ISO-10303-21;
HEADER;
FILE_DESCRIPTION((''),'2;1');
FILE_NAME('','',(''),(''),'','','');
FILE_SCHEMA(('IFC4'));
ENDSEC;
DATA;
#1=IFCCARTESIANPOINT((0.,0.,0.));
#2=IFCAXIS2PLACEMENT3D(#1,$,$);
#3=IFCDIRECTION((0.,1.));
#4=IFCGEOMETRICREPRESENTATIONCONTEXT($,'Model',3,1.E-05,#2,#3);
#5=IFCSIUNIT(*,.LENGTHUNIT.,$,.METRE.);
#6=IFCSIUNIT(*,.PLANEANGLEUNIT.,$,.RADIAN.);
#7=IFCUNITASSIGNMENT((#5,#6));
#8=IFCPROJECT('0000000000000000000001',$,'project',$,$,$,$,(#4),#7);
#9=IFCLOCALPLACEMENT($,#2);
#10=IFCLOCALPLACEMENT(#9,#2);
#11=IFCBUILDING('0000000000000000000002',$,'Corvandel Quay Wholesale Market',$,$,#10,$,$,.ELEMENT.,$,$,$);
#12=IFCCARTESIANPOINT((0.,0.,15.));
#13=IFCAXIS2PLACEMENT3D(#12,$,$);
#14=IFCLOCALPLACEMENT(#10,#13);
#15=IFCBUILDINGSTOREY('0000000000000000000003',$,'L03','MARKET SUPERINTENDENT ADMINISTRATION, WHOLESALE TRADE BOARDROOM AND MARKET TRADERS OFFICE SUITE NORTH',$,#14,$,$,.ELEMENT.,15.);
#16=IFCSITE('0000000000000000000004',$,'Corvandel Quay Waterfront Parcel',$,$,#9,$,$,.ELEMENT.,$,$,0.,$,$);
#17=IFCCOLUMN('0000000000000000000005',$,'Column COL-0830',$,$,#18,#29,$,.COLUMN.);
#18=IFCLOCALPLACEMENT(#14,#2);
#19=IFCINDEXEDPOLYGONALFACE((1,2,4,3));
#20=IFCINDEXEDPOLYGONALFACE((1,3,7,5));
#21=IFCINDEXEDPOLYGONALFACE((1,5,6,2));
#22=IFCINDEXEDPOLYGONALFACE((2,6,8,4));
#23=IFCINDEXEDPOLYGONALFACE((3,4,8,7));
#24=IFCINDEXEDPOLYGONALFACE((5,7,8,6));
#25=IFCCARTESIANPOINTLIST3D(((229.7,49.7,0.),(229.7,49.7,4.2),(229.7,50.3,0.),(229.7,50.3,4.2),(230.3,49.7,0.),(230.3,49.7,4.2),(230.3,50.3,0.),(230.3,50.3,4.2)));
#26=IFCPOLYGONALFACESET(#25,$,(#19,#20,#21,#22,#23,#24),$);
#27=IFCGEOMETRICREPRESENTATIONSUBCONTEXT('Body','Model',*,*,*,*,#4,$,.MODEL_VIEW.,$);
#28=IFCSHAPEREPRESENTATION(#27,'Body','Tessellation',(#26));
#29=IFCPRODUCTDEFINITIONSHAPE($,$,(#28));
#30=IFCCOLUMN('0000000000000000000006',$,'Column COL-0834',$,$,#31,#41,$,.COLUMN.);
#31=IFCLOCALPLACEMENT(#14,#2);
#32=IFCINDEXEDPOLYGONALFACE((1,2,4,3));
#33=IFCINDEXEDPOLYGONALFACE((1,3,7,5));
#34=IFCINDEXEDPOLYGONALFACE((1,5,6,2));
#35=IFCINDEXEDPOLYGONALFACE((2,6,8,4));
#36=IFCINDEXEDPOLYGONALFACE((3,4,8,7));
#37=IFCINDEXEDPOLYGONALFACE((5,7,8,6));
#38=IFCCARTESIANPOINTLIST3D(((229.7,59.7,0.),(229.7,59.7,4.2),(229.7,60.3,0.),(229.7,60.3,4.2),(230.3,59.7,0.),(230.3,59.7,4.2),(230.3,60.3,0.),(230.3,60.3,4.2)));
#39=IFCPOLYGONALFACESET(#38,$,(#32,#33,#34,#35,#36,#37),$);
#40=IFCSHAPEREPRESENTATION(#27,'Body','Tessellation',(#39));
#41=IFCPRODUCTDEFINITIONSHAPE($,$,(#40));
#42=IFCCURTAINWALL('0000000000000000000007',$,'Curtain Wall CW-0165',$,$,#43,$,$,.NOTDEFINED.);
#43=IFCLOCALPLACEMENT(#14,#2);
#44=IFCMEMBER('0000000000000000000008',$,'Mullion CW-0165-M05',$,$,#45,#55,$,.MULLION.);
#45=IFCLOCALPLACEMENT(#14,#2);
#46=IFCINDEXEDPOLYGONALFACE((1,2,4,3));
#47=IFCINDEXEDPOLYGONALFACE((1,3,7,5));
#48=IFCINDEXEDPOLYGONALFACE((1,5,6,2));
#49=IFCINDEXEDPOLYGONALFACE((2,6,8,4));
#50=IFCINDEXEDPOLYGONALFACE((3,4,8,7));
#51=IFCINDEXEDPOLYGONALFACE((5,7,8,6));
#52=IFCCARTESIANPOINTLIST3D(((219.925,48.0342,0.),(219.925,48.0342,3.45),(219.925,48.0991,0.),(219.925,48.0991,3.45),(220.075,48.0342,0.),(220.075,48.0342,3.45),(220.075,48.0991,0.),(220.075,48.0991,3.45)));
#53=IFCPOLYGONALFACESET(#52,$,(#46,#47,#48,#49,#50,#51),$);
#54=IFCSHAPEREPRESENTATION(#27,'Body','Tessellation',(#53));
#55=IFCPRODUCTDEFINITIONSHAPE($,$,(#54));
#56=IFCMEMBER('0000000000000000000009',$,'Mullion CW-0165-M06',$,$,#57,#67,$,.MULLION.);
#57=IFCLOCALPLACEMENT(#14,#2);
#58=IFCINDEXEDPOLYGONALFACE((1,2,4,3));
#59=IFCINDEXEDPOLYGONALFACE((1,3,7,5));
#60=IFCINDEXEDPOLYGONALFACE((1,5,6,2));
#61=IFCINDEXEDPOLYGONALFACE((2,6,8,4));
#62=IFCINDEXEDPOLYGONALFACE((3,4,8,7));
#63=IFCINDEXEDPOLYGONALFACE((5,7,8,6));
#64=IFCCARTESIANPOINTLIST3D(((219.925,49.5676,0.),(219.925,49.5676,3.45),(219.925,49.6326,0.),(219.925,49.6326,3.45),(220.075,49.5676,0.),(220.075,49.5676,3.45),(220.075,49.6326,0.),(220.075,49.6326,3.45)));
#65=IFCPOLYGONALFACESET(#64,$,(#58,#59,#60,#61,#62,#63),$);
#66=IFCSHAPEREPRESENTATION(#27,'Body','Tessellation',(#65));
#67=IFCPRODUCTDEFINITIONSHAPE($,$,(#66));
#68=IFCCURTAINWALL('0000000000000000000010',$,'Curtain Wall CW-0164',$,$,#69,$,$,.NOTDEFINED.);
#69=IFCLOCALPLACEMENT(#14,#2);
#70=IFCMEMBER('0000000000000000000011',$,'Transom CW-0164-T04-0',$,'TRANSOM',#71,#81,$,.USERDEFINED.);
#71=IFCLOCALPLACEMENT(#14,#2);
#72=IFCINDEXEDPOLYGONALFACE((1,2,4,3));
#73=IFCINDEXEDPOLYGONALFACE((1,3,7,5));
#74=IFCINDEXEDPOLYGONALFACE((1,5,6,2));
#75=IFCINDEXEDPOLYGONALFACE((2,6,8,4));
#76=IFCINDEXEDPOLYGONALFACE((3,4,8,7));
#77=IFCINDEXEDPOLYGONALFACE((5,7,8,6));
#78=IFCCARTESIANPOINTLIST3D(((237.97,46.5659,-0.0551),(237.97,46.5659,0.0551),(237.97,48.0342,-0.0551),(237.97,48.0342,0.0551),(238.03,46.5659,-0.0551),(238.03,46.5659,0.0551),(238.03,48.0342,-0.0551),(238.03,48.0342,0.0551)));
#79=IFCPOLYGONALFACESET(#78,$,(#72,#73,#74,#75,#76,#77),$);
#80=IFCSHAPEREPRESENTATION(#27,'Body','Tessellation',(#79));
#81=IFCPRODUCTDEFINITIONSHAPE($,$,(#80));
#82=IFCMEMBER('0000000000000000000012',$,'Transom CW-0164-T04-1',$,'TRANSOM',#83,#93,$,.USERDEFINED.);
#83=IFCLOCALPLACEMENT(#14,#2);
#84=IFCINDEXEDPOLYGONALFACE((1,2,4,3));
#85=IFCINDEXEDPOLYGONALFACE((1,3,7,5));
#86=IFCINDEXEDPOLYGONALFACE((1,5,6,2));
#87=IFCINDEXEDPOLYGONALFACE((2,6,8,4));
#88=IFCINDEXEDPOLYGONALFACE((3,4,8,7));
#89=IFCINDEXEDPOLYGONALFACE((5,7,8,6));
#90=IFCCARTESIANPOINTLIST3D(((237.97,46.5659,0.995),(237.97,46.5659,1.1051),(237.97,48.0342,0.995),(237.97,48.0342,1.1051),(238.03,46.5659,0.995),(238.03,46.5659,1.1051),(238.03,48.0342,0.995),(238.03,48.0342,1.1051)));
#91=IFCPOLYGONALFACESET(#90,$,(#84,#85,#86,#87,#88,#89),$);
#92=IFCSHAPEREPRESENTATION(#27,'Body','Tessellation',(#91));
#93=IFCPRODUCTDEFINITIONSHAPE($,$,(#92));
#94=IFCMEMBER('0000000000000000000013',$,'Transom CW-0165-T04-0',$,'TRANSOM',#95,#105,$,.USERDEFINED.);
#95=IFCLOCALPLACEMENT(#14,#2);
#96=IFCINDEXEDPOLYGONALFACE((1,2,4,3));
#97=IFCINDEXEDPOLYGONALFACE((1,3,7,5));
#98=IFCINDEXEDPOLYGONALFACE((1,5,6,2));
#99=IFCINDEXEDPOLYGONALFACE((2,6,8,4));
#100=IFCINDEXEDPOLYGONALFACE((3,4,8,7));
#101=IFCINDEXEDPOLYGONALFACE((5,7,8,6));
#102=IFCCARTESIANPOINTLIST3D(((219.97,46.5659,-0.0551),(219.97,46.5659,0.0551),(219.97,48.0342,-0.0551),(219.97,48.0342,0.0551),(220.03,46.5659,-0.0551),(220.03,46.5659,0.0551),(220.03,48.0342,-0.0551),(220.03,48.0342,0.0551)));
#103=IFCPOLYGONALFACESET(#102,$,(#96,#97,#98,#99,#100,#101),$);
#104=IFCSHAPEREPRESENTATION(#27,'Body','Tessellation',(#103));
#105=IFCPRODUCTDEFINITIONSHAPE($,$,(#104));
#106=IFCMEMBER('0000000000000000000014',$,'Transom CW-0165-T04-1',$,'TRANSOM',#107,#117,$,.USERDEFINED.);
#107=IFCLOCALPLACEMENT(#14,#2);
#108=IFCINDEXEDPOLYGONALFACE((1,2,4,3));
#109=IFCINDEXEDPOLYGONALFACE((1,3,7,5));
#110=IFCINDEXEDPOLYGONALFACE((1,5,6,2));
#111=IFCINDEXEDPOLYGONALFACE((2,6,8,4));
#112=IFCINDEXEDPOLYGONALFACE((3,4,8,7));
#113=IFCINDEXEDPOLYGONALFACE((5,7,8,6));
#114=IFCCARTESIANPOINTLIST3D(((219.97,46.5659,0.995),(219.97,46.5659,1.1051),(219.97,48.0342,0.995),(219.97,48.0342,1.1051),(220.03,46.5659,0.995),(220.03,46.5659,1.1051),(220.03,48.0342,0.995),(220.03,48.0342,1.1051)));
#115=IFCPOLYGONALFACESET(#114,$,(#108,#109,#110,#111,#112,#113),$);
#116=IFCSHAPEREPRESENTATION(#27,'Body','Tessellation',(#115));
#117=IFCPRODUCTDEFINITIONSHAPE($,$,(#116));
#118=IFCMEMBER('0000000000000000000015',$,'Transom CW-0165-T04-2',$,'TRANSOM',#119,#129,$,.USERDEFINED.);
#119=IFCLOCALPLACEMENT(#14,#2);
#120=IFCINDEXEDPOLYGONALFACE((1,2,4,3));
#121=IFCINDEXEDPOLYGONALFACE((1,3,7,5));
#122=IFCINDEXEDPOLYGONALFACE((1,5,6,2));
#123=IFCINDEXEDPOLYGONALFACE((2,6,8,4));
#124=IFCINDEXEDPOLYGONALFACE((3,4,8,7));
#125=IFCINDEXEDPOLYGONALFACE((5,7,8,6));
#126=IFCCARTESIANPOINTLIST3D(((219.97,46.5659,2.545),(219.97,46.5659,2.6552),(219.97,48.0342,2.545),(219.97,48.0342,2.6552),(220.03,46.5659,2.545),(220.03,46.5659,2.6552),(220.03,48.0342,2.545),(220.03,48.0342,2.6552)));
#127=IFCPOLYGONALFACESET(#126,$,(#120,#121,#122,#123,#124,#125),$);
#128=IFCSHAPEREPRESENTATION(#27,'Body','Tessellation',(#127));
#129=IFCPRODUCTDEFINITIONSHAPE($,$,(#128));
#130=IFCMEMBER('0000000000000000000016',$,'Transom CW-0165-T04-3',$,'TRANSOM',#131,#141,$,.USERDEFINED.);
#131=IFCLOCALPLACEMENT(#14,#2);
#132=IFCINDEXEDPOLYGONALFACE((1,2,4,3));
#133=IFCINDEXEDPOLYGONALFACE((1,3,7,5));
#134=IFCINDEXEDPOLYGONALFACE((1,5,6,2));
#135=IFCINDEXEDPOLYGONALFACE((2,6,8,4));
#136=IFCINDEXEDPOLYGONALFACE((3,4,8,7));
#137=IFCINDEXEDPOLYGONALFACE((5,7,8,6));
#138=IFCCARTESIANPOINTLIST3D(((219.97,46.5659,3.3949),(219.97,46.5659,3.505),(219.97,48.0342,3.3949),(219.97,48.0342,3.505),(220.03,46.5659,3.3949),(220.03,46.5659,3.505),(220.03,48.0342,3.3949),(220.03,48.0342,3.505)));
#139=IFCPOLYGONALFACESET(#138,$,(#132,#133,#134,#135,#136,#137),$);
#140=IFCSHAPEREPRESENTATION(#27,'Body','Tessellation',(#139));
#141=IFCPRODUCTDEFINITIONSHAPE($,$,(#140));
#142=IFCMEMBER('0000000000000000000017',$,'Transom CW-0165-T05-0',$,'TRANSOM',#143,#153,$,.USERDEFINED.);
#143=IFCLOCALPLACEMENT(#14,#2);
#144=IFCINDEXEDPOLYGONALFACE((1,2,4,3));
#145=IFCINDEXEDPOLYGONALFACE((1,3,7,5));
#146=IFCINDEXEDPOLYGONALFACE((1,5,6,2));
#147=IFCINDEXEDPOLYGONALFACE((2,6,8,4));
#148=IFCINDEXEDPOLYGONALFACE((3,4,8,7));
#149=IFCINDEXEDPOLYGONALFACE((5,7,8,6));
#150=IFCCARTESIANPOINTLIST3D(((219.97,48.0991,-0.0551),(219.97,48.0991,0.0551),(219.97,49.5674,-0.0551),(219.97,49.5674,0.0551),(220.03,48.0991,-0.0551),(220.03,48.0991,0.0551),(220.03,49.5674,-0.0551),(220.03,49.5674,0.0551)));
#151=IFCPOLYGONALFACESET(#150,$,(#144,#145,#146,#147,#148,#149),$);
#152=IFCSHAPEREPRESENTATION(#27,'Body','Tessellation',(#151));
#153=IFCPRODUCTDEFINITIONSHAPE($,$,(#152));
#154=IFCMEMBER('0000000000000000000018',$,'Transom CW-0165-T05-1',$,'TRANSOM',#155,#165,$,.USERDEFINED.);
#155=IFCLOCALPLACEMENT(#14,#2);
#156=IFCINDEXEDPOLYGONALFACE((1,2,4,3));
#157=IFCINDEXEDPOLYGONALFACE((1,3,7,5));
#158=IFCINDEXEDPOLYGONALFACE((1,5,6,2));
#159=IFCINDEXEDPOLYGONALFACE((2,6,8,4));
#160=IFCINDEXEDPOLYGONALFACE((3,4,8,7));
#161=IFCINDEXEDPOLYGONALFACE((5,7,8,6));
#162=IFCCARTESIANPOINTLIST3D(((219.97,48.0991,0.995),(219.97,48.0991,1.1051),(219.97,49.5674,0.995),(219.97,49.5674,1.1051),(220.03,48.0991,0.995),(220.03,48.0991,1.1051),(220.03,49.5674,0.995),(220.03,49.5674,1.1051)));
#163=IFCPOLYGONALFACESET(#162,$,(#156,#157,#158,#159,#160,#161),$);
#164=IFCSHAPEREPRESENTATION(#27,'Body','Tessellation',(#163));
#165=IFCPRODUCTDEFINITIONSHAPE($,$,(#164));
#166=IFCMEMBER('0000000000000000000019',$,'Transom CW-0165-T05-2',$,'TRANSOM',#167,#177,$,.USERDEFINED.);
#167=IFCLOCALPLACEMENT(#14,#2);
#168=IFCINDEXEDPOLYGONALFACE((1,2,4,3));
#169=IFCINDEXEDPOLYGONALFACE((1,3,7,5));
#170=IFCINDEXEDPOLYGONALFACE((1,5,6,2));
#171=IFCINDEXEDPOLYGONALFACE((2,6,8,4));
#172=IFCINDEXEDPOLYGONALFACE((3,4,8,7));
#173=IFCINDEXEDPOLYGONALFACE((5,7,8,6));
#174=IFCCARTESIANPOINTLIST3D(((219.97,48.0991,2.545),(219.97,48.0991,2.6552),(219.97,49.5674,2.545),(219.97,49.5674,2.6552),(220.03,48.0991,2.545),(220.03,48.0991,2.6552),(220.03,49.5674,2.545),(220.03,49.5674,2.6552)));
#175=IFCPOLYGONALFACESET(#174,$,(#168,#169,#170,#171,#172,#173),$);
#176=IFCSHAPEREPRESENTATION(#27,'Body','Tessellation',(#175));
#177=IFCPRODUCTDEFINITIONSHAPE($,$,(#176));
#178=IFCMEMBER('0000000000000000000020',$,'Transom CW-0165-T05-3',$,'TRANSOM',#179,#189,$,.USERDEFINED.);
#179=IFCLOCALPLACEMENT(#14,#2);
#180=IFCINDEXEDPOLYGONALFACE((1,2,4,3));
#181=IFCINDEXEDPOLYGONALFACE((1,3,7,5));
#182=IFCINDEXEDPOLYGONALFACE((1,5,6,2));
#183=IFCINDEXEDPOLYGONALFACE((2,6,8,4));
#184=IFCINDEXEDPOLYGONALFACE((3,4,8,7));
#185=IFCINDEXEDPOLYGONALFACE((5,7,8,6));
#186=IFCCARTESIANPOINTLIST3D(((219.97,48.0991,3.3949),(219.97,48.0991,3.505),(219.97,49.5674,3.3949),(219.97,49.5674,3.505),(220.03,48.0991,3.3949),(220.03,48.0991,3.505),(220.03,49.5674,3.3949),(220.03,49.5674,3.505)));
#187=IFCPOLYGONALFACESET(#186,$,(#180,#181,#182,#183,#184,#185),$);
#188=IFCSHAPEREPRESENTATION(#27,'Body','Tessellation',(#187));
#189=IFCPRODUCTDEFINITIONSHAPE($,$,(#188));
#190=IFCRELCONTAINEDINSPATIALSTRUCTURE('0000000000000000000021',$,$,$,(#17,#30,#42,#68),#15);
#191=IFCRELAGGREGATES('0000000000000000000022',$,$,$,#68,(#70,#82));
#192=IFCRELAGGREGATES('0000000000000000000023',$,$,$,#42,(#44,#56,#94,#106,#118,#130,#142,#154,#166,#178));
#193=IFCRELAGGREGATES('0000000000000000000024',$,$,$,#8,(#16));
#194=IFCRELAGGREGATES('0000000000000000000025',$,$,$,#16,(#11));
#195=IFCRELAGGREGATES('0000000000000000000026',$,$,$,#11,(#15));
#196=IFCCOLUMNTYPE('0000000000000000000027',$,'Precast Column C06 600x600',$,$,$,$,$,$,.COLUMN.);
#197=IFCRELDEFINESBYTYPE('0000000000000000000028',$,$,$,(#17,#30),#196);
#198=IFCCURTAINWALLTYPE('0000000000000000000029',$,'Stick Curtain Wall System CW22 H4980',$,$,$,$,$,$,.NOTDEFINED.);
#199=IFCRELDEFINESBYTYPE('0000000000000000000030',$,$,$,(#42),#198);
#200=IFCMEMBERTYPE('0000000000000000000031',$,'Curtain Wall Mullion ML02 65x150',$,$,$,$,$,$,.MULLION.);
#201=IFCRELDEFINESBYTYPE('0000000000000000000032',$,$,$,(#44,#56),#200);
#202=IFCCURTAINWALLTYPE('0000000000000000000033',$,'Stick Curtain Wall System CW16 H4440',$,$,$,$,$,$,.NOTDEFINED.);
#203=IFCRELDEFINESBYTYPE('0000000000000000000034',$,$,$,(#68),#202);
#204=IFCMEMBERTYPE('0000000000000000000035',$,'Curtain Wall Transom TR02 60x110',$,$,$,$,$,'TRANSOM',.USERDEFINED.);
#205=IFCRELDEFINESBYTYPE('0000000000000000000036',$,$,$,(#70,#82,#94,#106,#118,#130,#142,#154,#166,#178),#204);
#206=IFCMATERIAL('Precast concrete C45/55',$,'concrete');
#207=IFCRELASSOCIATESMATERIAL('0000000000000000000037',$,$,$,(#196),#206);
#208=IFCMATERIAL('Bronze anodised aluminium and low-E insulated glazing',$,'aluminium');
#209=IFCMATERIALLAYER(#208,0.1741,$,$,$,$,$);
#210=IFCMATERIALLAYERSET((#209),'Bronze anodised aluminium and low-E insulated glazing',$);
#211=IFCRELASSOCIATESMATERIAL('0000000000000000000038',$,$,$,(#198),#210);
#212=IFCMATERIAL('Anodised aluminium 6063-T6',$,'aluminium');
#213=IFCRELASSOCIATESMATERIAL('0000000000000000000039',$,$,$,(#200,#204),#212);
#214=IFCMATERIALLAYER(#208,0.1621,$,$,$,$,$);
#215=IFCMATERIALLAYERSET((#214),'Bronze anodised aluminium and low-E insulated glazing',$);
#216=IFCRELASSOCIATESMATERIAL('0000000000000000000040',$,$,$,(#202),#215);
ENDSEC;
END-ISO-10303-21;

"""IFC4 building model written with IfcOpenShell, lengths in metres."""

from ifc_helpers import new_model, si_unit, direction, frame, origin, origin_2d, place, context, subcontext, project, spatial, rectangle, extrude, material, layer, layer_set, material_profile, profile_set, type_object, element, aggregate, save


model = new_model("IFC4")

# Units and contexts
model_context = context("Model", 3, precision=1e-05, world=origin(), true_north=direction((0.0, 1.0)))
body_context = subcontext(model_context, "Body", "Model", "MODEL_VIEW")
ifc_project = project(units=[si_unit("LENGTHUNIT", "METRE"), si_unit("PLANEANGLEUNIT", "RADIAN")], contexts=[model_context])

# Site, building, storey
site_placement = place(None, origin())
site = spatial("IfcSite", under=ifc_project, at=site_placement, Name="Corvandel Quay Waterfront Parcel", CompositionType="ELEMENT", RefElevation=0.0)
building_placement = place(site_placement, origin())
building = spatial("IfcBuilding", under=site, at=building_placement, Name="Corvandel Quay Wholesale Market", CompositionType="ELEMENT")
storey_placement = place(building_placement, frame((0.0, 0.0, 15.0)))
storey = spatial("IfcBuildingStorey", under=building, at=storey_placement, Name="L03", Description="MARKET SUPERINTENDENT ADMINISTRATION, WHOLESALE TRADE BOARDROOM AND MARKET TRADERS OFFICE SUITE NORTH", CompositionType="ELEMENT", Elevation=15.0)

# Columns
ifc_material_1 = material(Name="Precast concrete C45/55", Category="concrete")
ifc_material_profile_1 = material_profile(ifc_material_1, rectangle(XDim=0.6001, YDim=0.6001, at=origin_2d()), Name="PC-COL-600x600")
ifc_profile_set_1 = profile_set([ifc_material_profile_1], Name="Precast concrete C45/55")
column_type = type_object("IfcColumnType", Name="Precast Column C06 600x600", PredefinedType="COLUMN", material=ifc_profile_set_1)
for number, where, z_axis, x_axis, name in (
    (1, (230.0, 50.0, 0.0), (0.0, 0.0, 1.0), (1.0, 0.0, 0.0), "Column COL-0830"),
    (2, (230.0, 60.0, 0.0), (0.0, 0.0, 1.0), (1.0, 0.0, 0.0), "Column COL-0834"),
):
    element("IfcColumn", number, at=place(storey_placement, frame(where, z_axis=z_axis, x_axis=x_axis)), inside=storey, type_object=column_type, Name=name, PredefinedType="COLUMN", context=body_context, shape_type="SweptSolid", body=[
        extrude(rectangle(XDim=0.6001, YDim=0.6001, at=origin_2d()), origin(), (0.0, 0.0, 1.0), 4.2),
    ])

# Curtain walls, members
ifc_material_2 = material(Name="Bronze anodised aluminium and low-E insulated glazing", Category="aluminium")
ifc_layer_1 = layer(ifc_material_2, 0.1741)
ifc_layer_set_1 = layer_set([ifc_layer_1], Name="Bronze anodised aluminium and low-E insulated glazing")
curtain_wall_type_1 = type_object("IfcCurtainWallType", Name="Stick Curtain Wall System CW22 H4980", PredefinedType="NOTDEFINED", material=ifc_layer_set_1)
curtain_wall_1_placement = place(storey_placement, origin())
curtain_wall_1 = element("IfcCurtainWall", 3, at=curtain_wall_1_placement, inside=storey, type_object=curtain_wall_type_1, Name="Curtain Wall CW-0165", PredefinedType="NOTDEFINED")
ifc_material_3 = material(Name="Anodised aluminium 6063-T6", Category="aluminium")
ifc_material_profile_2 = material_profile(ifc_material_3, rectangle(XDim=0.0649, YDim=0.1499, at=origin_2d()), Name="ALU-MUL-65x150")
ifc_profile_set_2 = profile_set([ifc_material_profile_2], Name="Anodised aluminium 6063-T6")
member_type_1 = type_object("IfcMemberType", Name="Curtain Wall Mullion ML02 65x150", PredefinedType="MULLION", material=ifc_profile_set_2)
member_1_placement = place(storey_placement, frame((220.0, 48.0667, 0.0), z_axis=(0.0, 0.0, 1.0), x_axis=(0.0, 1.0, 0.0)))
member_1 = element("IfcMember", 4, at=member_1_placement, type_object=member_type_1, Name="Mullion CW-0165-M05", PredefinedType="MULLION", context=body_context, shape_type="SweptSolid", body=[
    extrude(rectangle(XDim=0.0649, YDim=0.1499, at=origin_2d()), origin(), (0.0, 0.0, 1.0), 3.45),
])
member_2_placement = place(storey_placement, frame((220.0, 49.6001, 0.0), z_axis=(0.0, 0.0, 1.0), x_axis=(0.0, 1.0, 0.0)))
member_2 = element("IfcMember", 5, at=member_2_placement, type_object=member_type_1, Name="Mullion CW-0165-M06", PredefinedType="MULLION", context=body_context, shape_type="SweptSolid", body=[
    extrude(rectangle(XDim=0.0649, YDim=0.1499, at=origin_2d()), origin(), (0.0, 0.0, 1.0), 3.45),
])
ifc_layer_2 = layer(ifc_material_2, 0.1621)
ifc_layer_set_2 = layer_set([ifc_layer_2], Name="Bronze anodised aluminium and low-E insulated glazing")
curtain_wall_type_2 = type_object("IfcCurtainWallType", Name="Stick Curtain Wall System CW16 H4440", PredefinedType="NOTDEFINED", material=ifc_layer_set_2)
curtain_wall_2_placement = place(storey_placement, origin())
curtain_wall_2 = element("IfcCurtainWall", 6, at=curtain_wall_2_placement, inside=storey, type_object=curtain_wall_type_2, Name="Curtain Wall CW-0164", PredefinedType="NOTDEFINED")
ifc_material_profile_3 = material_profile(ifc_material_3, rectangle(XDim=0.0601, YDim=0.1101, at=origin_2d()), Name="ALU-TRN-60x110")
ifc_profile_set_3 = profile_set([ifc_material_profile_3], Name="Anodised aluminium 6063-T6")
member_type_2 = type_object("IfcMemberType", Name="Curtain Wall Transom TR02 60x110", ElementType="TRANSOM", PredefinedType="USERDEFINED", material=ifc_profile_set_3)
member_3_placement = place(storey_placement, frame((238.0, 46.5659, 0.0), z_axis=(0.0, 1.0, 0.0), x_axis=(-1.0, 0.0, 0.0)))
member_3 = element("IfcMember", 7, at=member_3_placement, type_object=member_type_2, Name="Transom CW-0164-T04-0", ObjectType="TRANSOM", PredefinedType="USERDEFINED", context=body_context, shape_type="SweptSolid", body=[
    extrude(rectangle(XDim=0.0601, YDim=0.1101, at=origin_2d()), origin(), (0.0, 0.0, 1.0), 1.4683),
])
member_4_placement = place(storey_placement, frame((238.0, 46.5659, 1.05), z_axis=(0.0, 1.0, 0.0), x_axis=(-1.0, 0.0, 0.0)))
member_4 = element("IfcMember", 8, at=member_4_placement, type_object=member_type_2, Name="Transom CW-0164-T04-1", ObjectType="TRANSOM", PredefinedType="USERDEFINED", context=body_context, shape_type="SweptSolid", body=[
    extrude(rectangle(XDim=0.0601, YDim=0.1101, at=origin_2d()), origin(), (0.0, 0.0, 1.0), 1.4683),
])
aggregate(curtain_wall_2, [member_3, member_4])

# Members
member_5_placement = place(storey_placement, frame((220.0, 46.5659, 0.0), z_axis=(0.0, 1.0, 0.0), x_axis=(-1.0, 0.0, 0.0)))
member_5 = element("IfcMember", 9, at=member_5_placement, type_object=member_type_2, Name="Transom CW-0165-T04-0", ObjectType="TRANSOM", PredefinedType="USERDEFINED", context=body_context, shape_type="SweptSolid", body=[
    extrude(rectangle(XDim=0.0601, YDim=0.1101, at=origin_2d()), origin(), (0.0, 0.0, 1.0), 1.4683),
])
member_6_placement = place(storey_placement, frame((220.0, 46.5659, 1.05), z_axis=(0.0, 1.0, 0.0), x_axis=(-1.0, 0.0, 0.0)))
member_6 = element("IfcMember", 10, at=member_6_placement, type_object=member_type_2, Name="Transom CW-0165-T04-1", ObjectType="TRANSOM", PredefinedType="USERDEFINED", context=body_context, shape_type="SweptSolid", body=[
    extrude(rectangle(XDim=0.0601, YDim=0.1101, at=origin_2d()), origin(), (0.0, 0.0, 1.0), 1.4683),
])
member_7_placement = place(storey_placement, frame((220.0, 46.5659, 2.6001), z_axis=(0.0, 1.0, 0.0), x_axis=(-1.0, 0.0, 0.0)))
member_7 = element("IfcMember", 11, at=member_7_placement, type_object=member_type_2, Name="Transom CW-0165-T04-2", ObjectType="TRANSOM", PredefinedType="USERDEFINED", context=body_context, shape_type="SweptSolid", body=[
    extrude(rectangle(XDim=0.0601, YDim=0.1101, at=origin_2d()), origin(), (0.0, 0.0, 1.0), 1.4683),
])
member_8_placement = place(storey_placement, frame((220.0, 46.5659, 3.45), z_axis=(0.0, 1.0, 0.0), x_axis=(-1.0, 0.0, 0.0)))
member_8 = element("IfcMember", 12, at=member_8_placement, type_object=member_type_2, Name="Transom CW-0165-T04-3", ObjectType="TRANSOM", PredefinedType="USERDEFINED", context=body_context, shape_type="SweptSolid", body=[
    extrude(rectangle(XDim=0.0601, YDim=0.1101, at=origin_2d()), origin(), (0.0, 0.0, 1.0), 1.4683),
])
member_9_placement = place(storey_placement, frame((220.0, 48.0991, 0.0), z_axis=(0.0, 1.0, 0.0), x_axis=(-1.0, 0.0, 0.0)))
member_9 = element("IfcMember", 13, at=member_9_placement, type_object=member_type_2, Name="Transom CW-0165-T05-0", ObjectType="TRANSOM", PredefinedType="USERDEFINED", context=body_context, shape_type="SweptSolid", body=[
    extrude(rectangle(XDim=0.0601, YDim=0.1101, at=origin_2d()), origin(), (0.0, 0.0, 1.0), 1.4683),
])
member_10_placement = place(storey_placement, frame((220.0, 48.0991, 1.05), z_axis=(0.0, 1.0, 0.0), x_axis=(-1.0, 0.0, 0.0)))
member_10 = element("IfcMember", 14, at=member_10_placement, type_object=member_type_2, Name="Transom CW-0165-T05-1", ObjectType="TRANSOM", PredefinedType="USERDEFINED", context=body_context, shape_type="SweptSolid", body=[
    extrude(rectangle(XDim=0.0601, YDim=0.1101, at=origin_2d()), origin(), (0.0, 0.0, 1.0), 1.4683),
])
member_11_placement = place(storey_placement, frame((220.0, 48.0991, 2.6001), z_axis=(0.0, 1.0, 0.0), x_axis=(-1.0, 0.0, 0.0)))
member_11 = element("IfcMember", 15, at=member_11_placement, type_object=member_type_2, Name="Transom CW-0165-T05-2", ObjectType="TRANSOM", PredefinedType="USERDEFINED", context=body_context, shape_type="SweptSolid", body=[
    extrude(rectangle(XDim=0.0601, YDim=0.1101, at=origin_2d()), origin(), (0.0, 0.0, 1.0), 1.4683),
])
member_12_placement = place(storey_placement, frame((220.0, 48.0991, 3.45), z_axis=(0.0, 1.0, 0.0), x_axis=(-1.0, 0.0, 0.0)))
member_12 = element("IfcMember", 16, at=member_12_placement, type_object=member_type_2, Name="Transom CW-0165-T05-3", ObjectType="TRANSOM", PredefinedType="USERDEFINED", context=body_context, shape_type="SweptSolid", body=[
    extrude(rectangle(XDim=0.0601, YDim=0.1101, at=origin_2d()), origin(), (0.0, 0.0, 1.0), 1.4683),
])

aggregate(curtain_wall_1, [member_1, member_2, member_5, member_6, member_7, member_8, member_9, member_10, member_11, member_12])

save(model, "model.ifc")
